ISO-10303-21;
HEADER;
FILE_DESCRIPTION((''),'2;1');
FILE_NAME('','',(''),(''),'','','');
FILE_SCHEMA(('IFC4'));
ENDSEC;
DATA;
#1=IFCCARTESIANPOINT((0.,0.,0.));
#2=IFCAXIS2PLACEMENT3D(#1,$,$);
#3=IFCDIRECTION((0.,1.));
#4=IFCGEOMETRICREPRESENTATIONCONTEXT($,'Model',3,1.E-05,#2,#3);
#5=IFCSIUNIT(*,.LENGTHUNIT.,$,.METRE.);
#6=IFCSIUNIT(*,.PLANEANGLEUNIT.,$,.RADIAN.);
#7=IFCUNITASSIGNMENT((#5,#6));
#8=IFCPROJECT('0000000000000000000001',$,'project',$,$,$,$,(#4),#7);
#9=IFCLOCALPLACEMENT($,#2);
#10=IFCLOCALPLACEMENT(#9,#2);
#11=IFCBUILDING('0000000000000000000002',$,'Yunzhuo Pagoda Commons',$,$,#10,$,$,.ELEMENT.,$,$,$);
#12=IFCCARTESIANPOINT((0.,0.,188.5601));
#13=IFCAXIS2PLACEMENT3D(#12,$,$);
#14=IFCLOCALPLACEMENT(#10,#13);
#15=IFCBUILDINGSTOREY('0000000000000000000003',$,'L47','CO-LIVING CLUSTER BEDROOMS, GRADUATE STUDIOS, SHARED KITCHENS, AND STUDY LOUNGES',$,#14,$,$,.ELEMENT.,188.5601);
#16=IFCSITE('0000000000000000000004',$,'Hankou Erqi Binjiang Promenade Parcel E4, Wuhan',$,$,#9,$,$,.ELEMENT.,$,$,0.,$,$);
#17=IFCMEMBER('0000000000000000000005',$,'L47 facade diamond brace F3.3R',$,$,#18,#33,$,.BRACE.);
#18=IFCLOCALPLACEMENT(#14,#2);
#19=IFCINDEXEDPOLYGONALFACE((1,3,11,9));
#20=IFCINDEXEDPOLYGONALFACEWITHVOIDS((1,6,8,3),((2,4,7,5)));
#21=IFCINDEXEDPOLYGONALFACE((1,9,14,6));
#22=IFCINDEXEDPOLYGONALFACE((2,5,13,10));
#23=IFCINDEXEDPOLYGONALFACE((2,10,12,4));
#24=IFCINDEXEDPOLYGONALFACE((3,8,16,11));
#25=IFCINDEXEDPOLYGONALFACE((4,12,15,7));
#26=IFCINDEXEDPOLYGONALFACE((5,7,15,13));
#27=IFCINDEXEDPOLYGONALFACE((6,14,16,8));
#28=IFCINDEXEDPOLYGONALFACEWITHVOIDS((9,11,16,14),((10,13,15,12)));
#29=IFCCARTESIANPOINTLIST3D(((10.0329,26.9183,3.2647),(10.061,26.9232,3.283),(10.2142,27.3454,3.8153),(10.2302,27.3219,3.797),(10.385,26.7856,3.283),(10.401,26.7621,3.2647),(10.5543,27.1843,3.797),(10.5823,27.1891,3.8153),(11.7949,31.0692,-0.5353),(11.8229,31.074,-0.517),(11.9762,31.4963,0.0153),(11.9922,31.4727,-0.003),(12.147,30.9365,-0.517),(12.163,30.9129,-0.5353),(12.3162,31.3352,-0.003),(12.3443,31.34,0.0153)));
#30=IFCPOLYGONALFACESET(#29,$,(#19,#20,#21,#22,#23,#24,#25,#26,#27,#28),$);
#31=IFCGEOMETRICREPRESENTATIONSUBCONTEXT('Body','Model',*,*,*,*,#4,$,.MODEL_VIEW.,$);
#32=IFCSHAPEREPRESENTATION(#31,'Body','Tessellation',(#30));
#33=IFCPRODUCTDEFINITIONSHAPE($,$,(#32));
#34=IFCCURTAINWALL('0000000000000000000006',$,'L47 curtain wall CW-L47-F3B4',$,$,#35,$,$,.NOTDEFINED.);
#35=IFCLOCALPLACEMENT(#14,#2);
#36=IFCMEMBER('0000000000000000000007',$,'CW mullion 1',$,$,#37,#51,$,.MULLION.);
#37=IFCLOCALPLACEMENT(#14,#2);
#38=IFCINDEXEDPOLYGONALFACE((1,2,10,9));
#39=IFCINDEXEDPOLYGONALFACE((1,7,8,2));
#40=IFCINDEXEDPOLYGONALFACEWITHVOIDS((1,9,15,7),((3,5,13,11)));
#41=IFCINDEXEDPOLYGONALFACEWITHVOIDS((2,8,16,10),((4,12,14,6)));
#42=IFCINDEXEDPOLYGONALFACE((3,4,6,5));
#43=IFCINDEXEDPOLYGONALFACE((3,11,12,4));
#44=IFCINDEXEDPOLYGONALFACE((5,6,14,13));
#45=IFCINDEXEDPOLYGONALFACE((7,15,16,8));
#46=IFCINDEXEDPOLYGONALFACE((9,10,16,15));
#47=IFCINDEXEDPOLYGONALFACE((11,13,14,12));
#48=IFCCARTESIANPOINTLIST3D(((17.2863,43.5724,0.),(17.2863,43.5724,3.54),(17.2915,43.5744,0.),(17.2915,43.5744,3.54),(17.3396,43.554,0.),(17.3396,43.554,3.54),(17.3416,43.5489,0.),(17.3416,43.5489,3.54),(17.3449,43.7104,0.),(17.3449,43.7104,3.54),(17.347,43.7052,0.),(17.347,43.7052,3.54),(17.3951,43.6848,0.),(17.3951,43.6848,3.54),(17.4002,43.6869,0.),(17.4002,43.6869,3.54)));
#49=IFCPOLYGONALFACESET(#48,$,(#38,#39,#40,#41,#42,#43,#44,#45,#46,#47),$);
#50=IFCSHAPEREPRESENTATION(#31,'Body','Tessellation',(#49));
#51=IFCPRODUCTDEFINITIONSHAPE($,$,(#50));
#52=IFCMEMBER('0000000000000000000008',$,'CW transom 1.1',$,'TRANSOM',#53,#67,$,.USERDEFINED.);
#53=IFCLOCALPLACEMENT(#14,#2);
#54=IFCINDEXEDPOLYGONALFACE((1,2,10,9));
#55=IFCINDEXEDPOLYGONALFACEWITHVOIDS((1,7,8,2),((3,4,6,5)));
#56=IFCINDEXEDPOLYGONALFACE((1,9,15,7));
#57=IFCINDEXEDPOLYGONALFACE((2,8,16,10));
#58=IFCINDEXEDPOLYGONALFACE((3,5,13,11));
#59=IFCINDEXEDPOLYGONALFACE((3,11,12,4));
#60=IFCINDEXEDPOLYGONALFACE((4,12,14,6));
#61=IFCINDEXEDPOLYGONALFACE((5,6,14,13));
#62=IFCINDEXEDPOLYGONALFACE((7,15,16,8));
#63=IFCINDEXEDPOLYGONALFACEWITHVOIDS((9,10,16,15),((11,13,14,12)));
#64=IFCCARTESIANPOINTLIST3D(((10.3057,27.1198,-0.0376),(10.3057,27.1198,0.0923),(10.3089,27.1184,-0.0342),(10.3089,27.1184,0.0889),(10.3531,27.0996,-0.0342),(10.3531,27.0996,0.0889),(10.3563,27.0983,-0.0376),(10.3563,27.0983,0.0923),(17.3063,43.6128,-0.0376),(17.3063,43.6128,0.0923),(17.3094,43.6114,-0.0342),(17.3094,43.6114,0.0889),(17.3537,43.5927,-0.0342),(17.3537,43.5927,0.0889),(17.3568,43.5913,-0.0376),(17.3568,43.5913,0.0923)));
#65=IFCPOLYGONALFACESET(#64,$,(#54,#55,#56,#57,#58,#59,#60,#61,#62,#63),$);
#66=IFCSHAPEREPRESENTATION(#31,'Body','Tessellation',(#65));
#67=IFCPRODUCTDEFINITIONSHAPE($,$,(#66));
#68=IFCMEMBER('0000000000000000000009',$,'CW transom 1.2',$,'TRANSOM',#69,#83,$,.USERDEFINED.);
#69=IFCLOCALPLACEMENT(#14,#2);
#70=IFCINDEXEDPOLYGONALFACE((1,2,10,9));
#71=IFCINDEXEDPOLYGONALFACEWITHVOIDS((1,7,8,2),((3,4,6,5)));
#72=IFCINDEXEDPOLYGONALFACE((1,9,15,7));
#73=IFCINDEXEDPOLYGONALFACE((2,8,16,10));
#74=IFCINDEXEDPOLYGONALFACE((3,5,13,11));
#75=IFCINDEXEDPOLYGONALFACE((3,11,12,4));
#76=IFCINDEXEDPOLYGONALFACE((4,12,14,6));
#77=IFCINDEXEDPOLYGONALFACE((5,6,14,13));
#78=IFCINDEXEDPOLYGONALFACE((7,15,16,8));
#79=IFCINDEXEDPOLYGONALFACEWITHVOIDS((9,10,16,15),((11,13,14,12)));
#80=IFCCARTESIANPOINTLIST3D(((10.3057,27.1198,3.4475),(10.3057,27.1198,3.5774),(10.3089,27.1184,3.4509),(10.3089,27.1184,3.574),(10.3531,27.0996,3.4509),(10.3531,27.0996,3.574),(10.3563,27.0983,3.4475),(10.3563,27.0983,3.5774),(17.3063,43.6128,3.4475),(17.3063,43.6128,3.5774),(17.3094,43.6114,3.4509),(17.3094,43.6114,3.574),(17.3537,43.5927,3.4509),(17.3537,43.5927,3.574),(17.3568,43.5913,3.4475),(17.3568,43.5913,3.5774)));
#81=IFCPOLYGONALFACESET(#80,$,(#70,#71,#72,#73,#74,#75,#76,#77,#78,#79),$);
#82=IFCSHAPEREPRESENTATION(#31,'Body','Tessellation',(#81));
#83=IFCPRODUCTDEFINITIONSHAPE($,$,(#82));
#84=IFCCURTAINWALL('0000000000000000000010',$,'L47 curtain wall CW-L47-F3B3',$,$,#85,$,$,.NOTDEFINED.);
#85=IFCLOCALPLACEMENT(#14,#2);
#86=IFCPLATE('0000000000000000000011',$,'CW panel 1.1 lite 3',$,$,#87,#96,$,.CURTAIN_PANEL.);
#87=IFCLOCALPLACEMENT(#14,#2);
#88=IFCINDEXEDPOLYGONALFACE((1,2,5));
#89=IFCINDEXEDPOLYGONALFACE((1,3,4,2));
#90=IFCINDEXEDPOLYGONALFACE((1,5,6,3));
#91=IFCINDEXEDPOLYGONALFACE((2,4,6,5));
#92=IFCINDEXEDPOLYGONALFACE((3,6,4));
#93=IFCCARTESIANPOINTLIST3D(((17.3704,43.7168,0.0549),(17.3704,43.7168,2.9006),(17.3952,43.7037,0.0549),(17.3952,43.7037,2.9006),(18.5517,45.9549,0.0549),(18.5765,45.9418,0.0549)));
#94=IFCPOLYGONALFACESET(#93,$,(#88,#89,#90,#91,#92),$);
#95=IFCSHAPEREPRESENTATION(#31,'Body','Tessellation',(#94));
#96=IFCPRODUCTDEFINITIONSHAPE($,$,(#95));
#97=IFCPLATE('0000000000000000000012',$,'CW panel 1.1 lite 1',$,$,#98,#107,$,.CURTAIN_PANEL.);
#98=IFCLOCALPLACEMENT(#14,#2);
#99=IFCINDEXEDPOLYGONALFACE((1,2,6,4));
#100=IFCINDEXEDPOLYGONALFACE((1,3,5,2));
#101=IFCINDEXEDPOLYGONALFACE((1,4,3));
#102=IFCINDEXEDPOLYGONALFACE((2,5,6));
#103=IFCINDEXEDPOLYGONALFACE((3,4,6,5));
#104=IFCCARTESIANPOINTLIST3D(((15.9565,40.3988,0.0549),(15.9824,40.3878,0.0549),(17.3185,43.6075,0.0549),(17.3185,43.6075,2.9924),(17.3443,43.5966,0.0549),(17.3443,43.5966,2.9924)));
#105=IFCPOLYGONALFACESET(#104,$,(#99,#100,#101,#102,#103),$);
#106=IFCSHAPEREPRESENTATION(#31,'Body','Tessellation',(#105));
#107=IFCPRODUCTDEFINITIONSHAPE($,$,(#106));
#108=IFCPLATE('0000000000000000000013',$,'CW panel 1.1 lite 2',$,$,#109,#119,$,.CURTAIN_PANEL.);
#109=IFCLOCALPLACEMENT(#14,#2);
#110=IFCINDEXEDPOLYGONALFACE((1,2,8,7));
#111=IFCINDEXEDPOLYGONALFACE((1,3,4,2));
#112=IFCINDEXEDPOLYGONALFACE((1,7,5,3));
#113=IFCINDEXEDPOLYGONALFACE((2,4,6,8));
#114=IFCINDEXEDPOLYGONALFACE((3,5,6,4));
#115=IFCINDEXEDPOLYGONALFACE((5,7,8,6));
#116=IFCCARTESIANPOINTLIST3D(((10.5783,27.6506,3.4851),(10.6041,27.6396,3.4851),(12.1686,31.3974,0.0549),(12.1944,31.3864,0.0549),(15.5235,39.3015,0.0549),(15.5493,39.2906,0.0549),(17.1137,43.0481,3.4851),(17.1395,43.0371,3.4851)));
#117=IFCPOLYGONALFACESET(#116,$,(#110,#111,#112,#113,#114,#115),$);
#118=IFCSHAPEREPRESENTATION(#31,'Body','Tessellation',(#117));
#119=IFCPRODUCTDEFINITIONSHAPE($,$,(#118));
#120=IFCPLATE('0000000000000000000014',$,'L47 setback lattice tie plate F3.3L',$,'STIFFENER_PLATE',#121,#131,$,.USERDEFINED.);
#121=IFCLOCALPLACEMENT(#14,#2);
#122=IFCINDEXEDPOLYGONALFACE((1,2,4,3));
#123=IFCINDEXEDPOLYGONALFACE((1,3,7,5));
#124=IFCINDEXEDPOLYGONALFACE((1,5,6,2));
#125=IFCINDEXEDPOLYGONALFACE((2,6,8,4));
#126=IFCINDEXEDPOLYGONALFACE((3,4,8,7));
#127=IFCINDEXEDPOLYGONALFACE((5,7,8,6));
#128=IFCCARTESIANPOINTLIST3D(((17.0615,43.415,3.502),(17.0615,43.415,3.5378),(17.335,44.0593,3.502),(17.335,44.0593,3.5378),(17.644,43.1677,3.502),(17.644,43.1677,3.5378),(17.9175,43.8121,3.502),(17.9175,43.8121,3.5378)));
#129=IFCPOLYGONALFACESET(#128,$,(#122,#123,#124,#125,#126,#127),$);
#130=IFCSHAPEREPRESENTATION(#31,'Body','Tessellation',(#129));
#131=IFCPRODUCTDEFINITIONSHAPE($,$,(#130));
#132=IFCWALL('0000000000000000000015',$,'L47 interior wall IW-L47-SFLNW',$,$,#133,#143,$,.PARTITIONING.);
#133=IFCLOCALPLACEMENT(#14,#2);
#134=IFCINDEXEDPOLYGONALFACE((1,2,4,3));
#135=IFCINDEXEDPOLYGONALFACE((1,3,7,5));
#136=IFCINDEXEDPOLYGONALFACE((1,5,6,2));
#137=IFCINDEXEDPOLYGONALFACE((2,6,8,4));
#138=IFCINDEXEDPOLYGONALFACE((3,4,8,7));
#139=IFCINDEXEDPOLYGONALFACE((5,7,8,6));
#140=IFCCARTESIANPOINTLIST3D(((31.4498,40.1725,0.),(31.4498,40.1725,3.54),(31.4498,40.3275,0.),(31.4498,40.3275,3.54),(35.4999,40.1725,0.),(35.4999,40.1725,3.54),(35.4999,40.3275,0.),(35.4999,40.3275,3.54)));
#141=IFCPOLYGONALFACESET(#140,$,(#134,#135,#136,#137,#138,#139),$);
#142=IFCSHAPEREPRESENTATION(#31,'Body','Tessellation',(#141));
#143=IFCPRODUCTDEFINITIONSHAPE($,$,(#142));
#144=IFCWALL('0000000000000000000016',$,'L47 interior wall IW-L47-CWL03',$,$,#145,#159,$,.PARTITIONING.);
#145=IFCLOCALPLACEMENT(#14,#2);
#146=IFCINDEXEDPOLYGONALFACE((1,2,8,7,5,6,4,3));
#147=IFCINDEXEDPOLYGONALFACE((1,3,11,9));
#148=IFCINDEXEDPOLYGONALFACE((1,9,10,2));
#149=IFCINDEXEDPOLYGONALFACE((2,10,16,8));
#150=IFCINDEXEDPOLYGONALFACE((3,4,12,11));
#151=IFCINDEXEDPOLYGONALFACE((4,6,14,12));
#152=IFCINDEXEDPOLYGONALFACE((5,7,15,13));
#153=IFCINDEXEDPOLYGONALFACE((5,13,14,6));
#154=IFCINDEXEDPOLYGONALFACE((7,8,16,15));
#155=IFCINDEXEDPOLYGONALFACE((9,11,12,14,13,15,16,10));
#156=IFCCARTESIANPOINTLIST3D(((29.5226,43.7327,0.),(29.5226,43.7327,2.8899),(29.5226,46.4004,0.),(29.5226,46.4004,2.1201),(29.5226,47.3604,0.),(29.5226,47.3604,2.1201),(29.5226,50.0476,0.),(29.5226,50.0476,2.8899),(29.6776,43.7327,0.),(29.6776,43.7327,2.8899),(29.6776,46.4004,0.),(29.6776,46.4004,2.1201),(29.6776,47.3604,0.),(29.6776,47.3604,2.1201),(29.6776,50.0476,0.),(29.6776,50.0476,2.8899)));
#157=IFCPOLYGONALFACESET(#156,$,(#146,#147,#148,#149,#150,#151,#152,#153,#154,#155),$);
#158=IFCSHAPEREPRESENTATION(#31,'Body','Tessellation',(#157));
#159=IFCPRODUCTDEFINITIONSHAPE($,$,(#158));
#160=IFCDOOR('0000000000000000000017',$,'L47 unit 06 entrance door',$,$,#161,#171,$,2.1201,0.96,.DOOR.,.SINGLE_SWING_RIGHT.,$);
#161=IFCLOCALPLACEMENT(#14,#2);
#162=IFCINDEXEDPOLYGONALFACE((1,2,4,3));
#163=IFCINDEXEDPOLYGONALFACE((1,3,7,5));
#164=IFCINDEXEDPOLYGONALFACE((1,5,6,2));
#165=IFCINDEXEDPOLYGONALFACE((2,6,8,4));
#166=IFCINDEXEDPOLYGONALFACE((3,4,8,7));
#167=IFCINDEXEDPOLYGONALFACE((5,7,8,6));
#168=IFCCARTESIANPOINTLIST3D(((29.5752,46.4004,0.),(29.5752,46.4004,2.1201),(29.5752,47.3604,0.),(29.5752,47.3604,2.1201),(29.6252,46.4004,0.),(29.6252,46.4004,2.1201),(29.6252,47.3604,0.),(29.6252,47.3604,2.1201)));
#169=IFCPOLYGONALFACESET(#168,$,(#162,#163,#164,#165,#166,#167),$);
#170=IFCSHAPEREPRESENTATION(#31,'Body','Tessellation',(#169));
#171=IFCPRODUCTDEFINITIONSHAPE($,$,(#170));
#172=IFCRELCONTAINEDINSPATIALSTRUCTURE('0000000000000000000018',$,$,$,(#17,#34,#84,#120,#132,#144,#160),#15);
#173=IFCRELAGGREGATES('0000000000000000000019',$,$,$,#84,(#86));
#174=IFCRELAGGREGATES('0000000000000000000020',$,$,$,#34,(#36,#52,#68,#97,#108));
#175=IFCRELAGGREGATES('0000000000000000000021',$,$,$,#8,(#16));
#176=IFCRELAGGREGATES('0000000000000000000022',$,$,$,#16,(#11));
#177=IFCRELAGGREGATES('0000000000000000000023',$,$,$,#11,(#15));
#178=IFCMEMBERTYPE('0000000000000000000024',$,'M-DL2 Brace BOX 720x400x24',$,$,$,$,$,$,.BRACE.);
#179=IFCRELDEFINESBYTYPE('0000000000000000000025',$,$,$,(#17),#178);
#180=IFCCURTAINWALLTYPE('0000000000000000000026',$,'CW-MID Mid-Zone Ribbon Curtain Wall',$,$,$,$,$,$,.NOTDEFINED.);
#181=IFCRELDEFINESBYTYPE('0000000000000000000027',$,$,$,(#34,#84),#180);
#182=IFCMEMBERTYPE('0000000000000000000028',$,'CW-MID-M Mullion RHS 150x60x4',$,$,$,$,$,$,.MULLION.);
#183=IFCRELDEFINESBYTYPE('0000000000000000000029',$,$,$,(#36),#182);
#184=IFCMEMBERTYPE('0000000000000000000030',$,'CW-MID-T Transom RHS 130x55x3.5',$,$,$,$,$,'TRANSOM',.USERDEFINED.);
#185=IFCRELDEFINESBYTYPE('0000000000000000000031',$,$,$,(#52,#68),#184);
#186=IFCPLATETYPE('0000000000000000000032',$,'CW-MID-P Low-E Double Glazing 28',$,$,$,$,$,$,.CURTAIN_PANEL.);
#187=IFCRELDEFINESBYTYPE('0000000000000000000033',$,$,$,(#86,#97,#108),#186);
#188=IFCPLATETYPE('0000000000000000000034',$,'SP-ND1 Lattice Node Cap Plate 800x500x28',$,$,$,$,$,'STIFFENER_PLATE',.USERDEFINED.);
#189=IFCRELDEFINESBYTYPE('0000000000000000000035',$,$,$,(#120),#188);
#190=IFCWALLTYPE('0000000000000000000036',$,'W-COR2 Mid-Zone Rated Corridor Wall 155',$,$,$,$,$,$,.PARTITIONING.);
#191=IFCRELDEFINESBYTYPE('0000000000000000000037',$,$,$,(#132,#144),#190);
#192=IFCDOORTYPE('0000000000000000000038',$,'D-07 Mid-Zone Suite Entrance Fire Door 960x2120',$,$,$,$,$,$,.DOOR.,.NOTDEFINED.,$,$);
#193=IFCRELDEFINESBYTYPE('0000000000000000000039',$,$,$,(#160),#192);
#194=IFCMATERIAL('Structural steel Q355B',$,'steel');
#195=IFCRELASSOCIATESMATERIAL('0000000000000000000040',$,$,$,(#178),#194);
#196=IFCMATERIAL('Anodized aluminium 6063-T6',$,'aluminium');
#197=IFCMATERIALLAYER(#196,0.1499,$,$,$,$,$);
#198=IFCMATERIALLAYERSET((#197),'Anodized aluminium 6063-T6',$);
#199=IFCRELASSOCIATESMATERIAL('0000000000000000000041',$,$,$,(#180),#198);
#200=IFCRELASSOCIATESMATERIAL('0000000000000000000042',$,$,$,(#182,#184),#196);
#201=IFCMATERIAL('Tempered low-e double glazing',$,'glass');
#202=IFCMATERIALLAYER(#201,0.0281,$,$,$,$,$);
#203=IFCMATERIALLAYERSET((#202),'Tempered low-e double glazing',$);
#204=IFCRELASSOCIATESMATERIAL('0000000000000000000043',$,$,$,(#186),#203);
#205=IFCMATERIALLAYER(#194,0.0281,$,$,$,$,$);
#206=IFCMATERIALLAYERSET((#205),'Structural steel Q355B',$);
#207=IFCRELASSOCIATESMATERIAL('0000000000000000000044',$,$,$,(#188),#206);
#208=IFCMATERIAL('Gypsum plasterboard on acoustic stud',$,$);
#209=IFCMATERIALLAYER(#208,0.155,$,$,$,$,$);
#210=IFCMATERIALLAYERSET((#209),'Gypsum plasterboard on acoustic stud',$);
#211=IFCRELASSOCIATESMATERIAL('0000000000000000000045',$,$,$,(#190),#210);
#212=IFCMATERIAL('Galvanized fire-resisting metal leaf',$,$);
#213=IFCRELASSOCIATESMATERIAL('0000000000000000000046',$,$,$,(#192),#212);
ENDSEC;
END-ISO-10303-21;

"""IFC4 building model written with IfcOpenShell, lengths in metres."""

from ifc_helpers import new_model, si_unit, direction, frame, frame_2d, origin, origin_with_axes, origin_2d, place, context, subcontext, project, spatial, polyline, rectangle, hollow_rectangle, outline, extrude, source, transform, mapped, material, layer, layer_set, material_profile, profile_set, type_object, element, fill, aggregate, save


model = new_model("IFC4")

# Units and contexts
model_context = context("Model", 3, precision=1e-05, world=origin(), true_north=direction((0.0, 1.0)))
body_context = subcontext(model_context, "Body", "Model", "MODEL_VIEW")
ifc_project = project(units=[si_unit("LENGTHUNIT", "METRE"), si_unit("PLANEANGLEUNIT", "RADIAN")], contexts=[model_context])

# Site, building, storey
site_placement = place(None, origin())
site = spatial("IfcSite", under=ifc_project, at=site_placement, Name="Hankou Erqi Binjiang Promenade Parcel E4, Wuhan", CompositionType="ELEMENT", RefElevation=0.0)
building_placement = place(site_placement, origin())
building = spatial("IfcBuilding", under=site, at=building_placement, Name="Yunzhuo Pagoda Commons", CompositionType="ELEMENT")
storey_placement = place(building_placement, frame((0.0, 0.0, 188.5601)))
storey = spatial("IfcBuildingStorey", under=building, at=storey_placement, Name="L47", Description="CO-LIVING CLUSTER BEDROOMS, GRADUATE STUDIOS, SHARED KITCHENS, AND STUDY LOUNGES", CompositionType="ELEMENT", Elevation=188.5601)

# Shared definitions
ifc_material_1 = material(Name="Structural steel Q355B", Category="steel")

# Member
ifc_material_profile_1 = material_profile(ifc_material_1, hollow_rectangle(XDim=0.3999, YDim=0.72, WallThickness=0.0239, at=origin_2d()), Name="Structural steel Q355B")
ifc_profile_set_1 = profile_set([ifc_material_profile_1], Name="Structural steel Q355B")
member_type_1 = type_object("IfcMemberType", Name="M-DL2 Brace BOX 720x400x24", PredefinedType="BRACE", material=ifc_profile_set_1)
shared_shape_1 = source(origin(), body_context, "Body", "SweptSolid", [
    extrude(hollow_rectangle(XDim=0.3999, YDim=0.72, WallThickness=0.0239, at=origin_2d()), origin(), (0.0, 0.0, 1.0), 5.897),
])
for number, where, z_axis, x_axis, name in (
    (1, (12.0696, 31.2046, -0.26), (-0.298789, -0.703896, 0.644403), (0.920503, -0.390735, 0.0), "L47 facade diamond brace F3.3R"),
):
    element("IfcMember", number, at=place(storey_placement, frame(where, z_axis=z_axis, x_axis=x_axis)), inside=storey, type_object=member_type_1, Name=name, PredefinedType="BRACE", context=body_context, shape_type="MappedRepresentation", body=[
        mapped(shared_shape_1, transform((0.0, 0.0, 0.0), scale=1.0)),
    ])

# Curtain wall, members
ifc_material_2 = material(Name="Anodized aluminium 6063-T6", Category="aluminium")
ifc_layer_1 = layer(ifc_material_2, 0.1499)
ifc_layer_set_1 = layer_set([ifc_layer_1], Name="Anodized aluminium 6063-T6")
curtain_wall_type = type_object("IfcCurtainWallType", Name="CW-MID Mid-Zone Ribbon Curtain Wall", PredefinedType="NOTDEFINED", material=ifc_layer_set_1)
curtain_wall_1_placement = place(storey_placement, origin())
curtain_wall_1 = element("IfcCurtainWall", 2, at=curtain_wall_1_placement, inside=storey, type_object=curtain_wall_type, Name="L47 curtain wall CW-L47-F3B4", PredefinedType="NOTDEFINED")
ifc_material_profile_2 = material_profile(ifc_material_2, hollow_rectangle(XDim=0.0601, YDim=0.1499, WallThickness=0.0039, at=origin_2d()), Name="Anodized aluminium 6063-T6")
ifc_profile_set_2 = profile_set([ifc_material_profile_2], Name="Anodized aluminium 6063-T6")
member_type_2 = type_object("IfcMemberType", Name="CW-MID-M Mullion RHS 150x60x4", PredefinedType="MULLION", material=ifc_profile_set_2)
shared_shape_2 = source(origin(), body_context, "Body", "SweptSolid", [
    extrude(hollow_rectangle(XDim=0.0601, YDim=0.1499, WallThickness=0.0039, at=origin_2d()), origin(), (0.0, 0.0, 1.0), 3.54),
])
member_1_placement = place(storey_placement, frame((17.3433, 43.6296, 0.0), z_axis=(0.0, 0.0, 1.0), x_axis=(0.920515, -0.390706, 0.0)))
member_1 = element("IfcMember", 3, at=member_1_placement, type_object=member_type_2, Name="CW mullion 1", PredefinedType="MULLION", context=body_context, shape_type="MappedRepresentation", body=[
    mapped(shared_shape_2, transform((0.0, 0.0, 0.0), scale=1.0)),
])
ifc_material_profile_3 = material_profile(ifc_material_2, hollow_rectangle(XDim=0.0549, YDim=0.1299, WallThickness=0.0034, at=origin_2d()), Name="Anodized aluminium 6063-T6")
ifc_profile_set_3 = profile_set([ifc_material_profile_3], Name="Anodized aluminium 6063-T6")
member_type_3 = type_object("IfcMemberType", Name="CW-MID-T Transom RHS 130x55x3.5", ElementType="TRANSOM", PredefinedType="USERDEFINED", material=ifc_profile_set_3)
shared_shape_3 = source(origin(), body_context, "Body", "SweptSolid", [
    extrude(hollow_rectangle(XDim=0.0549, YDim=0.1299, WallThickness=0.0034, at=origin_2d()), origin(), (0.0, 0.0, 1.0), 17.9172),
])
member_2_placement = place(storey_placement, frame((17.3315, 43.6021, 0.0273), z_axis=(-0.390715, -0.920512, 0.0), x_axis=(0.920512, -0.390715, 0.0)))
member_2 = element("IfcMember", 4, at=member_2_placement, type_object=member_type_3, Name="CW transom 1.1", ObjectType="TRANSOM", PredefinedType="USERDEFINED", context=body_context, shape_type="MappedRepresentation", body=[
    mapped(shared_shape_3, transform((0.0, 0.0, 0.0), scale=1.0)),
])
member_3_placement = place(storey_placement, frame((17.3315, 43.6021, 3.5125), z_axis=(-0.390715, -0.920512, 0.0), x_axis=(0.920512, -0.390715, 0.0)))
member_3 = element("IfcMember", 5, at=member_3_placement, type_object=member_type_3, Name="CW transom 1.2", ObjectType="TRANSOM", PredefinedType="USERDEFINED", context=body_context, shape_type="MappedRepresentation", body=[
    mapped(shared_shape_3, transform((0.0, 0.0, 0.0), scale=1.0)),
])

# Curtain wall, plate
curtain_wall_2_placement = place(storey_placement, origin())
curtain_wall_2 = element("IfcCurtainWall", 6, at=curtain_wall_2_placement, inside=storey, type_object=curtain_wall_type, Name="L47 curtain wall CW-L47-F3B3", PredefinedType="NOTDEFINED")
ifc_material_3 = material(Name="Tempered low-e double glazing", Category="glass")
ifc_layer_2 = layer(ifc_material_3, 0.0281)
ifc_layer_set_2 = layer_set([ifc_layer_2], Name="Tempered low-e double glazing")
plate_type_1 = type_object("IfcPlateType", Name="CW-MID-P Low-E Double Glazing 28", PredefinedType="CURTAIN_PANEL", material=ifc_layer_set_2)
plate_1_placement = place(storey_placement, frame((17.9858, 44.8228, 1.4778), z_axis=(-0.884373, 0.466781, 0.0), x_axis=(-0.466781, -0.884373, 0.0)))
plate_1 = element("IfcPlate", 7, at=plate_1_placement, type_object=plate_type_1, Name="CW panel 1.1 lite 3", PredefinedType="CURTAIN_PANEL", context=body_context, shape_type="SweptSolid", body=[
    extrude(outline(polyline([(-1.2654, -1.4229), (1.2654, -1.4229), (1.2654, 1.4229), (-1.2654, -1.4229)])), origin(), (0.0, 0.0, 1.0), 0.0281),
])
aggregate(curtain_wall_2, [plate_1])

# Plates
plate_2_placement = place(storey_placement, frame((16.6633, 41.9922, 1.5237), z_axis=(-0.920515, 0.390706, 0.0), x_axis=(-0.390706, -0.920515, 0.0)))
plate_2 = element("IfcPlate", 8, at=plate_2_placement, type_object=plate_type_1, Name="CW panel 1.1 lite 1", PredefinedType="CURTAIN_PANEL", context=body_context, shape_type="SweptSolid", body=[
    extrude(outline(polyline([(-1.7429, -1.4688), (1.7429, -1.4688), (-1.7429, 1.4688), (-1.7429, -1.4688)])), origin(), (0.0, 0.0, 1.0), 0.0281),
])
plate_3_placement = place(storey_placement, frame((13.8718, 35.3384, 1.77), z_axis=(-0.920515, 0.390706, 0.0), x_axis=(-0.390706, -0.920515, 0.0)))
plate_3 = element("IfcPlate", 9, at=plate_3_placement, type_object=plate_type_1, Name="CW panel 1.1 lite 2", PredefinedType="CURTAIN_PANEL", context=body_context, shape_type="SweptSolid", body=[
    extrude(outline(polyline([(-8.3635, 1.7151), (-4.2935, -1.7151), (4.2932, -1.7151), (8.3635, 1.7151), (-8.3635, 1.7151)])), origin(), (0.0, 0.0, 1.0), 0.0281),
])
aggregate(curtain_wall_1, [member_1, member_2, member_3, plate_2, plate_3])
ifc_layer_3 = layer(ifc_material_1, 0.0281)
ifc_layer_set_3 = layer_set([ifc_layer_3], Name="Structural steel Q355B")
plate_type_2 = type_object("IfcPlateType", Name="SP-ND1 Lattice Node Cap Plate 800x500x28", ElementType="STIFFENER_PLATE", PredefinedType="USERDEFINED", material=ifc_layer_set_3)
shared_shape_4 = source(origin(), body_context, "Body", "SweptSolid", [
    extrude(rectangle(XDim=0.7, YDim=0.6328, at=origin_2d()), origin(), (0.0, 0.0, 1.0), 0.0359),
])
plate_4_placement = place(storey_placement, frame((17.4895, 43.6135, 3.502), z_axis=(0.0, 0.0, 1.0), x_axis=(-0.390699, -0.920518, 0.0)))
element("IfcPlate", 10, at=plate_4_placement, inside=storey, type_object=plate_type_2, Name="L47 setback lattice tie plate F3.3L", ObjectType="STIFFENER_PLATE", PredefinedType="USERDEFINED", context=body_context, shape_type="MappedRepresentation", body=[
    mapped(shared_shape_4, transform((0.0, 0.0, 0.0), scale=1.0)),
])

# Wall
ifc_material_4 = material(Name="Gypsum plasterboard on acoustic stud")
ifc_layer_4 = layer(ifc_material_4, 0.155)
ifc_layer_set_4 = layer_set([ifc_layer_4], Name="Gypsum plasterboard on acoustic stud")
wall_type_1 = type_object("IfcWallType", Name="W-COR2 Mid-Zone Rated Corridor Wall 155", PredefinedType="PARTITIONING", material=ifc_layer_set_4)
wall_1_placement = place(storey_placement, frame((31.45, 40.25, 0.0), z_axis=(0.0, 0.0, 1.0), x_axis=(1.0, 0.0, 0.0)))
element("IfcWall", 11, at=wall_1_placement, inside=storey, type_object=wall_type_1, Name="L47 interior wall IW-L47-SFLNW", PredefinedType="PARTITIONING", context=body_context, shape_type="SweptSolid", body=[
    extrude(rectangle(XDim=4.05, YDim=0.155, at=frame_2d((2.0249, 0.0))), origin(), (0.0, 0.0, 1.0), 3.54),
])

# Wall, opening, door
ifc_material_5 = material(Name="Galvanized fire-resisting metal leaf")
door_type_1 = type_object("IfcDoorType", Name="D-07 Mid-Zone Suite Entrance Fire Door 960x2120", OperationType="NOTDEFINED", PredefinedType="DOOR", material=ifc_material_5)
shared_shape_5 = source(origin(), body_context, "Body", "SweptSolid", [
    extrude(rectangle(XDim=0.96, YDim=2.1201, at=frame_2d((0.48, 1.0601))), frame((0.0, 0.0249, 0.0), z_axis=(0.0, -1.0, 0.0), x_axis=(1.0, 0.0, 0.0)), (0.0, 0.0, 1.0), 0.05),
])
wall_2_placement = place(storey_placement, frame((29.6001, 43.7327, 0.0), z_axis=(0.0, 0.0, 1.0), x_axis=(0.0, 1.0, 0.0)))
wall_2 = element("IfcWall", 12, at=wall_2_placement, inside=storey, type_object=wall_type_1, Name="L47 interior wall IW-L47-CWL03", PredefinedType="PARTITIONING", context=body_context, shape_type="SweptSolid", body=[
    extrude(rectangle(XDim=6.3149, YDim=0.155, at=frame_2d((3.1575, 0.0))), origin(), (0.0, 0.0, 1.0), 2.8899),
])
opening_1_placement = place(wall_2_placement, frame((2.6677, 0.0, 0.0)))
opening_1 = element("IfcOpeningElement", 13, at=opening_1_placement, cuts=wall_2, PredefinedType="OPENING", context=body_context, shape_type="SweptSolid", body=[
    extrude(rectangle(XDim=0.96, YDim=2.1201, at=frame_2d((0.48, 1.0601))), frame((0.0, 0.0874, 0.0), z_axis=(0.0, -1.0, 0.0), x_axis=(1.0, 0.0, 0.0)), (0.0, 0.0, 1.0), 0.175),
])
door_1_placement = place(opening_1_placement, origin_with_axes())
door_1 = element("IfcDoor", 14, at=door_1_placement, inside=storey, type_object=door_type_1, Name="L47 unit 06 entrance door", OperationType="SINGLE_SWING_RIGHT", OverallHeight=2.1201, OverallWidth=0.96, PredefinedType="DOOR", context=body_context, shape_type="MappedRepresentation", body=[
    mapped(shared_shape_5, transform((0.0, 0.0, 0.0), scale=1.0)),
])
fill(opening_1, door_1)

save(model, "model.ifc")
